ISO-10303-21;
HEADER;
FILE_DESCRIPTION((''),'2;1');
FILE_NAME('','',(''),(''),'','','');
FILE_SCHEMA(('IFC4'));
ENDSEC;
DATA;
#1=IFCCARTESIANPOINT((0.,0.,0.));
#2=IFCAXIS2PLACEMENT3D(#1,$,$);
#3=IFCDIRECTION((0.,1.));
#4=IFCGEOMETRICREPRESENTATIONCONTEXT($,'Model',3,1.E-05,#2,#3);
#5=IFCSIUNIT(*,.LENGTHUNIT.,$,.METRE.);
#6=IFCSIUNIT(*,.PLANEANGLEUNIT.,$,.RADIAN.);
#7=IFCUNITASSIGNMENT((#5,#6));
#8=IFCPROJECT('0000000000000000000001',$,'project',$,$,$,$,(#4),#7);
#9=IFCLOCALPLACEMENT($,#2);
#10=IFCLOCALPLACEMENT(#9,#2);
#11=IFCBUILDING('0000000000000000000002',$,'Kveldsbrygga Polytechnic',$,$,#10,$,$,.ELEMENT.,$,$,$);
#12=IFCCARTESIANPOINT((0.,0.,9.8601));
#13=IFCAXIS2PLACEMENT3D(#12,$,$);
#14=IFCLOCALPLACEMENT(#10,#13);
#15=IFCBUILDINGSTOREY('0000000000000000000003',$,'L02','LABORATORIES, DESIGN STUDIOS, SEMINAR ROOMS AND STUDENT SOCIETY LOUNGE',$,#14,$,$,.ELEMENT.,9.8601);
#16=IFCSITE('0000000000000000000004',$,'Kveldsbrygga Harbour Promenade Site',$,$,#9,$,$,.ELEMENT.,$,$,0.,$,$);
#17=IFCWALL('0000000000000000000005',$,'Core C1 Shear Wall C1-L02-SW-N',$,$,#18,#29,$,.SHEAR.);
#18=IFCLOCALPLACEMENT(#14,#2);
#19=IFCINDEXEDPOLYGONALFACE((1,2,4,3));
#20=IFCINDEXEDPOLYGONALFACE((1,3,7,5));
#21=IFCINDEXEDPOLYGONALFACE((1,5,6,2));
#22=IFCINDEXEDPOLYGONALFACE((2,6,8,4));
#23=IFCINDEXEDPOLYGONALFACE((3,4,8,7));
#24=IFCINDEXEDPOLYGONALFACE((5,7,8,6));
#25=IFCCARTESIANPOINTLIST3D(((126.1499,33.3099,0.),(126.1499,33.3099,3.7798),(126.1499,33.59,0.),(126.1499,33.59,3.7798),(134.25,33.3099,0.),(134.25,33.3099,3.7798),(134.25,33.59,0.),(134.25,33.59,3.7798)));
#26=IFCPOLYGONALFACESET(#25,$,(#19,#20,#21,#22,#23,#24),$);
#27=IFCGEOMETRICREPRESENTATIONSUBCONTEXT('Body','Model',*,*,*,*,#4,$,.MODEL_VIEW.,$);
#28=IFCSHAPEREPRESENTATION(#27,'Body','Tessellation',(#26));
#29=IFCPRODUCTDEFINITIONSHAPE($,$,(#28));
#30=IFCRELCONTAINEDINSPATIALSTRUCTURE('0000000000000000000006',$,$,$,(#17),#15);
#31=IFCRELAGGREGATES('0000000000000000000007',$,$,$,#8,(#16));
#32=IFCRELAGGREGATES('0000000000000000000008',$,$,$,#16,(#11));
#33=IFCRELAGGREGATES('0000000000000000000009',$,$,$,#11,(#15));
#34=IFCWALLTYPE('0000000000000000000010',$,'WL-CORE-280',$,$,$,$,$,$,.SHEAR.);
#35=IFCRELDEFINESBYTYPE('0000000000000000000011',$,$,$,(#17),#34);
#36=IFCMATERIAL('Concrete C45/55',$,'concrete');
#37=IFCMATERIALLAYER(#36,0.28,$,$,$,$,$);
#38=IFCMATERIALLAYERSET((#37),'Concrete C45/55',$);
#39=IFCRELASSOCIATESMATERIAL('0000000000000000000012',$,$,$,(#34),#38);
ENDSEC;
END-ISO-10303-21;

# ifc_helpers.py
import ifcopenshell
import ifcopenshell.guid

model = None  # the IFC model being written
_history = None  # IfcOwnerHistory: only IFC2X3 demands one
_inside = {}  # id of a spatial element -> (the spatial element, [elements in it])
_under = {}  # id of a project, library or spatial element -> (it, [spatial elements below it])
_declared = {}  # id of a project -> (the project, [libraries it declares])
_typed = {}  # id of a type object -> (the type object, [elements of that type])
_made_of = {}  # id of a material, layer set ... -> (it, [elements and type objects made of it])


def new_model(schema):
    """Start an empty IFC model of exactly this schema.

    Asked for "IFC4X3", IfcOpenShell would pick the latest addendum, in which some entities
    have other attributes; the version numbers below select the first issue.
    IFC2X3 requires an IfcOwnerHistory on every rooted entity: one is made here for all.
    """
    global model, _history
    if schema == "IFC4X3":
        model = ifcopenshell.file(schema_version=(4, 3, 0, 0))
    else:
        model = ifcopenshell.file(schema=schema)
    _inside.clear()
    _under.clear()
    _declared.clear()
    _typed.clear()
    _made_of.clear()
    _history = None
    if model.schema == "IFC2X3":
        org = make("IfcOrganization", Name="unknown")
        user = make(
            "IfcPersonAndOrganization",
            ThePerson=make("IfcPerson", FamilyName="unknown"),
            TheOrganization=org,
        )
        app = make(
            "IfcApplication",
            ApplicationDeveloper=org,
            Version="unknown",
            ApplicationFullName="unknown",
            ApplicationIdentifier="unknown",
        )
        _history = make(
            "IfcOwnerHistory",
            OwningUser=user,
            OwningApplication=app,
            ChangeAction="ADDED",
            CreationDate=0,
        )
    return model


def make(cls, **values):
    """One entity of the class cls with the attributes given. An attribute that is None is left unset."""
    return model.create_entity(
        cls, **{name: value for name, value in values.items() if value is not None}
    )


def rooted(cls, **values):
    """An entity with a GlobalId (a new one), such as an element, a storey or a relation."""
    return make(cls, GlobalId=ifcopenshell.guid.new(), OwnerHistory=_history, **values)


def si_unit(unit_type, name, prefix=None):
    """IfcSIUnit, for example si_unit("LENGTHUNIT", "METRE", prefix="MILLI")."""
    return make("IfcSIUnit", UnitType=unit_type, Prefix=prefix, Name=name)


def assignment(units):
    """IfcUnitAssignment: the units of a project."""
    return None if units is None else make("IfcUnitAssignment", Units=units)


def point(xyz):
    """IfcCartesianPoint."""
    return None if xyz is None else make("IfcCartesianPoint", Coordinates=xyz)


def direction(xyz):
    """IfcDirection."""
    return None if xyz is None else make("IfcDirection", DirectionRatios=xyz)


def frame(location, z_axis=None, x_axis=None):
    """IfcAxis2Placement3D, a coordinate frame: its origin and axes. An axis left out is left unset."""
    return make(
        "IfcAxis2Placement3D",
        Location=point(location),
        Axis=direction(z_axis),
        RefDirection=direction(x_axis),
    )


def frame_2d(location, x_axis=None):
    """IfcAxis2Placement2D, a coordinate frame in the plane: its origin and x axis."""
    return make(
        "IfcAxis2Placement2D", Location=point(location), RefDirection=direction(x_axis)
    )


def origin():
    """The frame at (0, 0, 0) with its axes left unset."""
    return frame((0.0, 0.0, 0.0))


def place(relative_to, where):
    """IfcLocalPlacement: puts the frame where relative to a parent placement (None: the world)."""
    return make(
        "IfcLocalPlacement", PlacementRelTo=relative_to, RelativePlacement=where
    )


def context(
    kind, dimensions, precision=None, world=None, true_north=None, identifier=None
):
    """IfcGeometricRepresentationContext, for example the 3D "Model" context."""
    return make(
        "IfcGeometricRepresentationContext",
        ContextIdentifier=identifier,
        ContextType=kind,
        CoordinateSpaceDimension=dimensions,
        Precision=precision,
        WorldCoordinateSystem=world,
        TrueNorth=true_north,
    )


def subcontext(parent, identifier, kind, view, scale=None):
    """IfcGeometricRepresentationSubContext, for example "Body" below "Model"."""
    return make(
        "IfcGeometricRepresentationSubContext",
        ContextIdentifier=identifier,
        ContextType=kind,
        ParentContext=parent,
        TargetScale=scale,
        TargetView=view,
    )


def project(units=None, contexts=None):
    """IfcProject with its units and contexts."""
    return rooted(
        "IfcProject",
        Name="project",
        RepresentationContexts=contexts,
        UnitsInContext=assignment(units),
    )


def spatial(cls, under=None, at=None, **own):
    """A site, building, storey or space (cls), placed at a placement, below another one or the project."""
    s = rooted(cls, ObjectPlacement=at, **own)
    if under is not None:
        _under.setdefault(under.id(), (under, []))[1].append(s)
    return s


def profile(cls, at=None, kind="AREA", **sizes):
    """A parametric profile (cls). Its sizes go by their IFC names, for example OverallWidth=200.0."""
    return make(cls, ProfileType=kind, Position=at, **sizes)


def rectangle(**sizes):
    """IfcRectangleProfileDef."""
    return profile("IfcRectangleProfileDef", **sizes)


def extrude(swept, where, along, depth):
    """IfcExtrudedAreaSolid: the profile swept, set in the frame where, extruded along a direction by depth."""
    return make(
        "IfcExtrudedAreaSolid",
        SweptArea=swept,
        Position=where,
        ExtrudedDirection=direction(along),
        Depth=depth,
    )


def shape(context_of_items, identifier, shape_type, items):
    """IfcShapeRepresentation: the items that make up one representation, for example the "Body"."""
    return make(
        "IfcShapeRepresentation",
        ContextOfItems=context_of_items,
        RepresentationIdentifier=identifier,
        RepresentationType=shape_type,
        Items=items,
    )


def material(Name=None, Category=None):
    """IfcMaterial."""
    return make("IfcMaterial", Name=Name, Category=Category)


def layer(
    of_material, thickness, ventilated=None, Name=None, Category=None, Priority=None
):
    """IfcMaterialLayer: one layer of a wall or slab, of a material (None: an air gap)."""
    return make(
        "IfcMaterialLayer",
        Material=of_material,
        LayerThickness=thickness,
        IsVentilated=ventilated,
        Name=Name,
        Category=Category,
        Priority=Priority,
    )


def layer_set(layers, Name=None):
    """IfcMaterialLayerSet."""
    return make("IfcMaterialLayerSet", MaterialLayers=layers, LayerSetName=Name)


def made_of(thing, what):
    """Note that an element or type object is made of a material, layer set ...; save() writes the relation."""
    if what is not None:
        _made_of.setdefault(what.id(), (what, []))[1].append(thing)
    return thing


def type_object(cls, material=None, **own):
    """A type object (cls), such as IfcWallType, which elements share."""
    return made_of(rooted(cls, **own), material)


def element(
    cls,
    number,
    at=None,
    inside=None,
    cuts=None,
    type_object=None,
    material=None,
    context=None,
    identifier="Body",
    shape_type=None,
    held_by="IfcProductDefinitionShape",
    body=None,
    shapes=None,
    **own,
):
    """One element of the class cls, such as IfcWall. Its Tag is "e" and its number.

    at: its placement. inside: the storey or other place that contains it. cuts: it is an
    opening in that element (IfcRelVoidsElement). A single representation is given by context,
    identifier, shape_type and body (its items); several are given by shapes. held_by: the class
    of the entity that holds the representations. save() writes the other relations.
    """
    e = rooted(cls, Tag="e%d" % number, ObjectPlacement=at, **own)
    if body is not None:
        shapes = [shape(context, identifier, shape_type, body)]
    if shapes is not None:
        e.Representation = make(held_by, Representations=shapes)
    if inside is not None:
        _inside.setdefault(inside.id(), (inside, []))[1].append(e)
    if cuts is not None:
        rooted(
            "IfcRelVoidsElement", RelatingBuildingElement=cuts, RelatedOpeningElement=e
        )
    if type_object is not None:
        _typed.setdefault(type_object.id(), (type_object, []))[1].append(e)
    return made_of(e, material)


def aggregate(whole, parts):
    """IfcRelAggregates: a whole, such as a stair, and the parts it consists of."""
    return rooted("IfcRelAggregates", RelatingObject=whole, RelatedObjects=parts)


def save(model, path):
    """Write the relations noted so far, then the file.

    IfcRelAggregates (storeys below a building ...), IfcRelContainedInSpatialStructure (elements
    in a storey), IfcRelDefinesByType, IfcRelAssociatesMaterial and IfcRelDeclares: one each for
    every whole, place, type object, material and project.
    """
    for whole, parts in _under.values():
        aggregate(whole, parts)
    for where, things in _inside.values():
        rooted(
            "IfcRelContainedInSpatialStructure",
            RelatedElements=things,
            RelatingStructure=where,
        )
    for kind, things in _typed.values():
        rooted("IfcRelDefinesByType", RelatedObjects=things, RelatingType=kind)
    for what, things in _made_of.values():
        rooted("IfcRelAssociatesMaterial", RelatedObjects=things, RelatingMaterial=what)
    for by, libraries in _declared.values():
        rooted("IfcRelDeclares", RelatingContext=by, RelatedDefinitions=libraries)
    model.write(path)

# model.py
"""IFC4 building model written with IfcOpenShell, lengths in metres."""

from ifc_helpers import new_model, si_unit, direction, frame, frame_2d, origin, place, context, subcontext, project, spatial, rectangle, extrude, material, layer, layer_set, type_object, element, save


model = new_model("IFC4")

# Units and contexts
model_context = context("Model", 3, precision=1e-05, world=origin(), true_north=direction((0.0, 1.0)))
body_context = subcontext(model_context, "Body", "Model", "MODEL_VIEW")
ifc_project = project(units=[si_unit("LENGTHUNIT", "METRE"), si_unit("PLANEANGLEUNIT", "RADIAN")], contexts=[model_context])

# Site, building, storey
site_placement = place(None, origin())
site = spatial("IfcSite", under=ifc_project, at=site_placement, Name="Kveldsbrygga Harbour Promenade Site", CompositionType="ELEMENT", RefElevation=0.0)
building_placement = place(site_placement, origin())
building = spatial("IfcBuilding", under=site, at=building_placement, Name="Kveldsbrygga Polytechnic", CompositionType="ELEMENT")
storey_placement = place(building_placement, frame((0.0, 0.0, 9.8601)))
storey = spatial("IfcBuildingStorey", under=building, at=storey_placement, Name="L02", Description="LABORATORIES, DESIGN STUDIOS, SEMINAR ROOMS AND STUDENT SOCIETY LOUNGE", CompositionType="ELEMENT", Elevation=9.8601)

# Shared definitions
ifc_material_1 = material(Name="Concrete C45/55", Category="concrete")

# Wall
ifc_layer_1 = layer(ifc_material_1, 0.28)
ifc_layer_set_1 = layer_set([ifc_layer_1], Name="Concrete C45/55")
wall_type_1 = type_object("IfcWallType", Name="WL-CORE-280", PredefinedType="SHEAR", material=ifc_layer_set_1)
wall_1_placement = place(storey_placement, frame((126.1499, 33.45, 0.0), z_axis=(0.0, 0.0, 1.0), x_axis=(1.0, 0.0, 0.0)))
element("IfcWall", 1, at=wall_1_placement, inside=storey, type_object=wall_type_1, Name="Core C1 Shear Wall C1-L02-SW-N", PredefinedType="SHEAR", context=body_context, shape_type="SweptSolid", body=[
    extrude(rectangle(XDim=8.1001, YDim=0.28, at=frame_2d((4.05, 0.0))), origin(), (0.0, 0.0, 1.0), 3.7798),
])

save(model, "model.ifc")
